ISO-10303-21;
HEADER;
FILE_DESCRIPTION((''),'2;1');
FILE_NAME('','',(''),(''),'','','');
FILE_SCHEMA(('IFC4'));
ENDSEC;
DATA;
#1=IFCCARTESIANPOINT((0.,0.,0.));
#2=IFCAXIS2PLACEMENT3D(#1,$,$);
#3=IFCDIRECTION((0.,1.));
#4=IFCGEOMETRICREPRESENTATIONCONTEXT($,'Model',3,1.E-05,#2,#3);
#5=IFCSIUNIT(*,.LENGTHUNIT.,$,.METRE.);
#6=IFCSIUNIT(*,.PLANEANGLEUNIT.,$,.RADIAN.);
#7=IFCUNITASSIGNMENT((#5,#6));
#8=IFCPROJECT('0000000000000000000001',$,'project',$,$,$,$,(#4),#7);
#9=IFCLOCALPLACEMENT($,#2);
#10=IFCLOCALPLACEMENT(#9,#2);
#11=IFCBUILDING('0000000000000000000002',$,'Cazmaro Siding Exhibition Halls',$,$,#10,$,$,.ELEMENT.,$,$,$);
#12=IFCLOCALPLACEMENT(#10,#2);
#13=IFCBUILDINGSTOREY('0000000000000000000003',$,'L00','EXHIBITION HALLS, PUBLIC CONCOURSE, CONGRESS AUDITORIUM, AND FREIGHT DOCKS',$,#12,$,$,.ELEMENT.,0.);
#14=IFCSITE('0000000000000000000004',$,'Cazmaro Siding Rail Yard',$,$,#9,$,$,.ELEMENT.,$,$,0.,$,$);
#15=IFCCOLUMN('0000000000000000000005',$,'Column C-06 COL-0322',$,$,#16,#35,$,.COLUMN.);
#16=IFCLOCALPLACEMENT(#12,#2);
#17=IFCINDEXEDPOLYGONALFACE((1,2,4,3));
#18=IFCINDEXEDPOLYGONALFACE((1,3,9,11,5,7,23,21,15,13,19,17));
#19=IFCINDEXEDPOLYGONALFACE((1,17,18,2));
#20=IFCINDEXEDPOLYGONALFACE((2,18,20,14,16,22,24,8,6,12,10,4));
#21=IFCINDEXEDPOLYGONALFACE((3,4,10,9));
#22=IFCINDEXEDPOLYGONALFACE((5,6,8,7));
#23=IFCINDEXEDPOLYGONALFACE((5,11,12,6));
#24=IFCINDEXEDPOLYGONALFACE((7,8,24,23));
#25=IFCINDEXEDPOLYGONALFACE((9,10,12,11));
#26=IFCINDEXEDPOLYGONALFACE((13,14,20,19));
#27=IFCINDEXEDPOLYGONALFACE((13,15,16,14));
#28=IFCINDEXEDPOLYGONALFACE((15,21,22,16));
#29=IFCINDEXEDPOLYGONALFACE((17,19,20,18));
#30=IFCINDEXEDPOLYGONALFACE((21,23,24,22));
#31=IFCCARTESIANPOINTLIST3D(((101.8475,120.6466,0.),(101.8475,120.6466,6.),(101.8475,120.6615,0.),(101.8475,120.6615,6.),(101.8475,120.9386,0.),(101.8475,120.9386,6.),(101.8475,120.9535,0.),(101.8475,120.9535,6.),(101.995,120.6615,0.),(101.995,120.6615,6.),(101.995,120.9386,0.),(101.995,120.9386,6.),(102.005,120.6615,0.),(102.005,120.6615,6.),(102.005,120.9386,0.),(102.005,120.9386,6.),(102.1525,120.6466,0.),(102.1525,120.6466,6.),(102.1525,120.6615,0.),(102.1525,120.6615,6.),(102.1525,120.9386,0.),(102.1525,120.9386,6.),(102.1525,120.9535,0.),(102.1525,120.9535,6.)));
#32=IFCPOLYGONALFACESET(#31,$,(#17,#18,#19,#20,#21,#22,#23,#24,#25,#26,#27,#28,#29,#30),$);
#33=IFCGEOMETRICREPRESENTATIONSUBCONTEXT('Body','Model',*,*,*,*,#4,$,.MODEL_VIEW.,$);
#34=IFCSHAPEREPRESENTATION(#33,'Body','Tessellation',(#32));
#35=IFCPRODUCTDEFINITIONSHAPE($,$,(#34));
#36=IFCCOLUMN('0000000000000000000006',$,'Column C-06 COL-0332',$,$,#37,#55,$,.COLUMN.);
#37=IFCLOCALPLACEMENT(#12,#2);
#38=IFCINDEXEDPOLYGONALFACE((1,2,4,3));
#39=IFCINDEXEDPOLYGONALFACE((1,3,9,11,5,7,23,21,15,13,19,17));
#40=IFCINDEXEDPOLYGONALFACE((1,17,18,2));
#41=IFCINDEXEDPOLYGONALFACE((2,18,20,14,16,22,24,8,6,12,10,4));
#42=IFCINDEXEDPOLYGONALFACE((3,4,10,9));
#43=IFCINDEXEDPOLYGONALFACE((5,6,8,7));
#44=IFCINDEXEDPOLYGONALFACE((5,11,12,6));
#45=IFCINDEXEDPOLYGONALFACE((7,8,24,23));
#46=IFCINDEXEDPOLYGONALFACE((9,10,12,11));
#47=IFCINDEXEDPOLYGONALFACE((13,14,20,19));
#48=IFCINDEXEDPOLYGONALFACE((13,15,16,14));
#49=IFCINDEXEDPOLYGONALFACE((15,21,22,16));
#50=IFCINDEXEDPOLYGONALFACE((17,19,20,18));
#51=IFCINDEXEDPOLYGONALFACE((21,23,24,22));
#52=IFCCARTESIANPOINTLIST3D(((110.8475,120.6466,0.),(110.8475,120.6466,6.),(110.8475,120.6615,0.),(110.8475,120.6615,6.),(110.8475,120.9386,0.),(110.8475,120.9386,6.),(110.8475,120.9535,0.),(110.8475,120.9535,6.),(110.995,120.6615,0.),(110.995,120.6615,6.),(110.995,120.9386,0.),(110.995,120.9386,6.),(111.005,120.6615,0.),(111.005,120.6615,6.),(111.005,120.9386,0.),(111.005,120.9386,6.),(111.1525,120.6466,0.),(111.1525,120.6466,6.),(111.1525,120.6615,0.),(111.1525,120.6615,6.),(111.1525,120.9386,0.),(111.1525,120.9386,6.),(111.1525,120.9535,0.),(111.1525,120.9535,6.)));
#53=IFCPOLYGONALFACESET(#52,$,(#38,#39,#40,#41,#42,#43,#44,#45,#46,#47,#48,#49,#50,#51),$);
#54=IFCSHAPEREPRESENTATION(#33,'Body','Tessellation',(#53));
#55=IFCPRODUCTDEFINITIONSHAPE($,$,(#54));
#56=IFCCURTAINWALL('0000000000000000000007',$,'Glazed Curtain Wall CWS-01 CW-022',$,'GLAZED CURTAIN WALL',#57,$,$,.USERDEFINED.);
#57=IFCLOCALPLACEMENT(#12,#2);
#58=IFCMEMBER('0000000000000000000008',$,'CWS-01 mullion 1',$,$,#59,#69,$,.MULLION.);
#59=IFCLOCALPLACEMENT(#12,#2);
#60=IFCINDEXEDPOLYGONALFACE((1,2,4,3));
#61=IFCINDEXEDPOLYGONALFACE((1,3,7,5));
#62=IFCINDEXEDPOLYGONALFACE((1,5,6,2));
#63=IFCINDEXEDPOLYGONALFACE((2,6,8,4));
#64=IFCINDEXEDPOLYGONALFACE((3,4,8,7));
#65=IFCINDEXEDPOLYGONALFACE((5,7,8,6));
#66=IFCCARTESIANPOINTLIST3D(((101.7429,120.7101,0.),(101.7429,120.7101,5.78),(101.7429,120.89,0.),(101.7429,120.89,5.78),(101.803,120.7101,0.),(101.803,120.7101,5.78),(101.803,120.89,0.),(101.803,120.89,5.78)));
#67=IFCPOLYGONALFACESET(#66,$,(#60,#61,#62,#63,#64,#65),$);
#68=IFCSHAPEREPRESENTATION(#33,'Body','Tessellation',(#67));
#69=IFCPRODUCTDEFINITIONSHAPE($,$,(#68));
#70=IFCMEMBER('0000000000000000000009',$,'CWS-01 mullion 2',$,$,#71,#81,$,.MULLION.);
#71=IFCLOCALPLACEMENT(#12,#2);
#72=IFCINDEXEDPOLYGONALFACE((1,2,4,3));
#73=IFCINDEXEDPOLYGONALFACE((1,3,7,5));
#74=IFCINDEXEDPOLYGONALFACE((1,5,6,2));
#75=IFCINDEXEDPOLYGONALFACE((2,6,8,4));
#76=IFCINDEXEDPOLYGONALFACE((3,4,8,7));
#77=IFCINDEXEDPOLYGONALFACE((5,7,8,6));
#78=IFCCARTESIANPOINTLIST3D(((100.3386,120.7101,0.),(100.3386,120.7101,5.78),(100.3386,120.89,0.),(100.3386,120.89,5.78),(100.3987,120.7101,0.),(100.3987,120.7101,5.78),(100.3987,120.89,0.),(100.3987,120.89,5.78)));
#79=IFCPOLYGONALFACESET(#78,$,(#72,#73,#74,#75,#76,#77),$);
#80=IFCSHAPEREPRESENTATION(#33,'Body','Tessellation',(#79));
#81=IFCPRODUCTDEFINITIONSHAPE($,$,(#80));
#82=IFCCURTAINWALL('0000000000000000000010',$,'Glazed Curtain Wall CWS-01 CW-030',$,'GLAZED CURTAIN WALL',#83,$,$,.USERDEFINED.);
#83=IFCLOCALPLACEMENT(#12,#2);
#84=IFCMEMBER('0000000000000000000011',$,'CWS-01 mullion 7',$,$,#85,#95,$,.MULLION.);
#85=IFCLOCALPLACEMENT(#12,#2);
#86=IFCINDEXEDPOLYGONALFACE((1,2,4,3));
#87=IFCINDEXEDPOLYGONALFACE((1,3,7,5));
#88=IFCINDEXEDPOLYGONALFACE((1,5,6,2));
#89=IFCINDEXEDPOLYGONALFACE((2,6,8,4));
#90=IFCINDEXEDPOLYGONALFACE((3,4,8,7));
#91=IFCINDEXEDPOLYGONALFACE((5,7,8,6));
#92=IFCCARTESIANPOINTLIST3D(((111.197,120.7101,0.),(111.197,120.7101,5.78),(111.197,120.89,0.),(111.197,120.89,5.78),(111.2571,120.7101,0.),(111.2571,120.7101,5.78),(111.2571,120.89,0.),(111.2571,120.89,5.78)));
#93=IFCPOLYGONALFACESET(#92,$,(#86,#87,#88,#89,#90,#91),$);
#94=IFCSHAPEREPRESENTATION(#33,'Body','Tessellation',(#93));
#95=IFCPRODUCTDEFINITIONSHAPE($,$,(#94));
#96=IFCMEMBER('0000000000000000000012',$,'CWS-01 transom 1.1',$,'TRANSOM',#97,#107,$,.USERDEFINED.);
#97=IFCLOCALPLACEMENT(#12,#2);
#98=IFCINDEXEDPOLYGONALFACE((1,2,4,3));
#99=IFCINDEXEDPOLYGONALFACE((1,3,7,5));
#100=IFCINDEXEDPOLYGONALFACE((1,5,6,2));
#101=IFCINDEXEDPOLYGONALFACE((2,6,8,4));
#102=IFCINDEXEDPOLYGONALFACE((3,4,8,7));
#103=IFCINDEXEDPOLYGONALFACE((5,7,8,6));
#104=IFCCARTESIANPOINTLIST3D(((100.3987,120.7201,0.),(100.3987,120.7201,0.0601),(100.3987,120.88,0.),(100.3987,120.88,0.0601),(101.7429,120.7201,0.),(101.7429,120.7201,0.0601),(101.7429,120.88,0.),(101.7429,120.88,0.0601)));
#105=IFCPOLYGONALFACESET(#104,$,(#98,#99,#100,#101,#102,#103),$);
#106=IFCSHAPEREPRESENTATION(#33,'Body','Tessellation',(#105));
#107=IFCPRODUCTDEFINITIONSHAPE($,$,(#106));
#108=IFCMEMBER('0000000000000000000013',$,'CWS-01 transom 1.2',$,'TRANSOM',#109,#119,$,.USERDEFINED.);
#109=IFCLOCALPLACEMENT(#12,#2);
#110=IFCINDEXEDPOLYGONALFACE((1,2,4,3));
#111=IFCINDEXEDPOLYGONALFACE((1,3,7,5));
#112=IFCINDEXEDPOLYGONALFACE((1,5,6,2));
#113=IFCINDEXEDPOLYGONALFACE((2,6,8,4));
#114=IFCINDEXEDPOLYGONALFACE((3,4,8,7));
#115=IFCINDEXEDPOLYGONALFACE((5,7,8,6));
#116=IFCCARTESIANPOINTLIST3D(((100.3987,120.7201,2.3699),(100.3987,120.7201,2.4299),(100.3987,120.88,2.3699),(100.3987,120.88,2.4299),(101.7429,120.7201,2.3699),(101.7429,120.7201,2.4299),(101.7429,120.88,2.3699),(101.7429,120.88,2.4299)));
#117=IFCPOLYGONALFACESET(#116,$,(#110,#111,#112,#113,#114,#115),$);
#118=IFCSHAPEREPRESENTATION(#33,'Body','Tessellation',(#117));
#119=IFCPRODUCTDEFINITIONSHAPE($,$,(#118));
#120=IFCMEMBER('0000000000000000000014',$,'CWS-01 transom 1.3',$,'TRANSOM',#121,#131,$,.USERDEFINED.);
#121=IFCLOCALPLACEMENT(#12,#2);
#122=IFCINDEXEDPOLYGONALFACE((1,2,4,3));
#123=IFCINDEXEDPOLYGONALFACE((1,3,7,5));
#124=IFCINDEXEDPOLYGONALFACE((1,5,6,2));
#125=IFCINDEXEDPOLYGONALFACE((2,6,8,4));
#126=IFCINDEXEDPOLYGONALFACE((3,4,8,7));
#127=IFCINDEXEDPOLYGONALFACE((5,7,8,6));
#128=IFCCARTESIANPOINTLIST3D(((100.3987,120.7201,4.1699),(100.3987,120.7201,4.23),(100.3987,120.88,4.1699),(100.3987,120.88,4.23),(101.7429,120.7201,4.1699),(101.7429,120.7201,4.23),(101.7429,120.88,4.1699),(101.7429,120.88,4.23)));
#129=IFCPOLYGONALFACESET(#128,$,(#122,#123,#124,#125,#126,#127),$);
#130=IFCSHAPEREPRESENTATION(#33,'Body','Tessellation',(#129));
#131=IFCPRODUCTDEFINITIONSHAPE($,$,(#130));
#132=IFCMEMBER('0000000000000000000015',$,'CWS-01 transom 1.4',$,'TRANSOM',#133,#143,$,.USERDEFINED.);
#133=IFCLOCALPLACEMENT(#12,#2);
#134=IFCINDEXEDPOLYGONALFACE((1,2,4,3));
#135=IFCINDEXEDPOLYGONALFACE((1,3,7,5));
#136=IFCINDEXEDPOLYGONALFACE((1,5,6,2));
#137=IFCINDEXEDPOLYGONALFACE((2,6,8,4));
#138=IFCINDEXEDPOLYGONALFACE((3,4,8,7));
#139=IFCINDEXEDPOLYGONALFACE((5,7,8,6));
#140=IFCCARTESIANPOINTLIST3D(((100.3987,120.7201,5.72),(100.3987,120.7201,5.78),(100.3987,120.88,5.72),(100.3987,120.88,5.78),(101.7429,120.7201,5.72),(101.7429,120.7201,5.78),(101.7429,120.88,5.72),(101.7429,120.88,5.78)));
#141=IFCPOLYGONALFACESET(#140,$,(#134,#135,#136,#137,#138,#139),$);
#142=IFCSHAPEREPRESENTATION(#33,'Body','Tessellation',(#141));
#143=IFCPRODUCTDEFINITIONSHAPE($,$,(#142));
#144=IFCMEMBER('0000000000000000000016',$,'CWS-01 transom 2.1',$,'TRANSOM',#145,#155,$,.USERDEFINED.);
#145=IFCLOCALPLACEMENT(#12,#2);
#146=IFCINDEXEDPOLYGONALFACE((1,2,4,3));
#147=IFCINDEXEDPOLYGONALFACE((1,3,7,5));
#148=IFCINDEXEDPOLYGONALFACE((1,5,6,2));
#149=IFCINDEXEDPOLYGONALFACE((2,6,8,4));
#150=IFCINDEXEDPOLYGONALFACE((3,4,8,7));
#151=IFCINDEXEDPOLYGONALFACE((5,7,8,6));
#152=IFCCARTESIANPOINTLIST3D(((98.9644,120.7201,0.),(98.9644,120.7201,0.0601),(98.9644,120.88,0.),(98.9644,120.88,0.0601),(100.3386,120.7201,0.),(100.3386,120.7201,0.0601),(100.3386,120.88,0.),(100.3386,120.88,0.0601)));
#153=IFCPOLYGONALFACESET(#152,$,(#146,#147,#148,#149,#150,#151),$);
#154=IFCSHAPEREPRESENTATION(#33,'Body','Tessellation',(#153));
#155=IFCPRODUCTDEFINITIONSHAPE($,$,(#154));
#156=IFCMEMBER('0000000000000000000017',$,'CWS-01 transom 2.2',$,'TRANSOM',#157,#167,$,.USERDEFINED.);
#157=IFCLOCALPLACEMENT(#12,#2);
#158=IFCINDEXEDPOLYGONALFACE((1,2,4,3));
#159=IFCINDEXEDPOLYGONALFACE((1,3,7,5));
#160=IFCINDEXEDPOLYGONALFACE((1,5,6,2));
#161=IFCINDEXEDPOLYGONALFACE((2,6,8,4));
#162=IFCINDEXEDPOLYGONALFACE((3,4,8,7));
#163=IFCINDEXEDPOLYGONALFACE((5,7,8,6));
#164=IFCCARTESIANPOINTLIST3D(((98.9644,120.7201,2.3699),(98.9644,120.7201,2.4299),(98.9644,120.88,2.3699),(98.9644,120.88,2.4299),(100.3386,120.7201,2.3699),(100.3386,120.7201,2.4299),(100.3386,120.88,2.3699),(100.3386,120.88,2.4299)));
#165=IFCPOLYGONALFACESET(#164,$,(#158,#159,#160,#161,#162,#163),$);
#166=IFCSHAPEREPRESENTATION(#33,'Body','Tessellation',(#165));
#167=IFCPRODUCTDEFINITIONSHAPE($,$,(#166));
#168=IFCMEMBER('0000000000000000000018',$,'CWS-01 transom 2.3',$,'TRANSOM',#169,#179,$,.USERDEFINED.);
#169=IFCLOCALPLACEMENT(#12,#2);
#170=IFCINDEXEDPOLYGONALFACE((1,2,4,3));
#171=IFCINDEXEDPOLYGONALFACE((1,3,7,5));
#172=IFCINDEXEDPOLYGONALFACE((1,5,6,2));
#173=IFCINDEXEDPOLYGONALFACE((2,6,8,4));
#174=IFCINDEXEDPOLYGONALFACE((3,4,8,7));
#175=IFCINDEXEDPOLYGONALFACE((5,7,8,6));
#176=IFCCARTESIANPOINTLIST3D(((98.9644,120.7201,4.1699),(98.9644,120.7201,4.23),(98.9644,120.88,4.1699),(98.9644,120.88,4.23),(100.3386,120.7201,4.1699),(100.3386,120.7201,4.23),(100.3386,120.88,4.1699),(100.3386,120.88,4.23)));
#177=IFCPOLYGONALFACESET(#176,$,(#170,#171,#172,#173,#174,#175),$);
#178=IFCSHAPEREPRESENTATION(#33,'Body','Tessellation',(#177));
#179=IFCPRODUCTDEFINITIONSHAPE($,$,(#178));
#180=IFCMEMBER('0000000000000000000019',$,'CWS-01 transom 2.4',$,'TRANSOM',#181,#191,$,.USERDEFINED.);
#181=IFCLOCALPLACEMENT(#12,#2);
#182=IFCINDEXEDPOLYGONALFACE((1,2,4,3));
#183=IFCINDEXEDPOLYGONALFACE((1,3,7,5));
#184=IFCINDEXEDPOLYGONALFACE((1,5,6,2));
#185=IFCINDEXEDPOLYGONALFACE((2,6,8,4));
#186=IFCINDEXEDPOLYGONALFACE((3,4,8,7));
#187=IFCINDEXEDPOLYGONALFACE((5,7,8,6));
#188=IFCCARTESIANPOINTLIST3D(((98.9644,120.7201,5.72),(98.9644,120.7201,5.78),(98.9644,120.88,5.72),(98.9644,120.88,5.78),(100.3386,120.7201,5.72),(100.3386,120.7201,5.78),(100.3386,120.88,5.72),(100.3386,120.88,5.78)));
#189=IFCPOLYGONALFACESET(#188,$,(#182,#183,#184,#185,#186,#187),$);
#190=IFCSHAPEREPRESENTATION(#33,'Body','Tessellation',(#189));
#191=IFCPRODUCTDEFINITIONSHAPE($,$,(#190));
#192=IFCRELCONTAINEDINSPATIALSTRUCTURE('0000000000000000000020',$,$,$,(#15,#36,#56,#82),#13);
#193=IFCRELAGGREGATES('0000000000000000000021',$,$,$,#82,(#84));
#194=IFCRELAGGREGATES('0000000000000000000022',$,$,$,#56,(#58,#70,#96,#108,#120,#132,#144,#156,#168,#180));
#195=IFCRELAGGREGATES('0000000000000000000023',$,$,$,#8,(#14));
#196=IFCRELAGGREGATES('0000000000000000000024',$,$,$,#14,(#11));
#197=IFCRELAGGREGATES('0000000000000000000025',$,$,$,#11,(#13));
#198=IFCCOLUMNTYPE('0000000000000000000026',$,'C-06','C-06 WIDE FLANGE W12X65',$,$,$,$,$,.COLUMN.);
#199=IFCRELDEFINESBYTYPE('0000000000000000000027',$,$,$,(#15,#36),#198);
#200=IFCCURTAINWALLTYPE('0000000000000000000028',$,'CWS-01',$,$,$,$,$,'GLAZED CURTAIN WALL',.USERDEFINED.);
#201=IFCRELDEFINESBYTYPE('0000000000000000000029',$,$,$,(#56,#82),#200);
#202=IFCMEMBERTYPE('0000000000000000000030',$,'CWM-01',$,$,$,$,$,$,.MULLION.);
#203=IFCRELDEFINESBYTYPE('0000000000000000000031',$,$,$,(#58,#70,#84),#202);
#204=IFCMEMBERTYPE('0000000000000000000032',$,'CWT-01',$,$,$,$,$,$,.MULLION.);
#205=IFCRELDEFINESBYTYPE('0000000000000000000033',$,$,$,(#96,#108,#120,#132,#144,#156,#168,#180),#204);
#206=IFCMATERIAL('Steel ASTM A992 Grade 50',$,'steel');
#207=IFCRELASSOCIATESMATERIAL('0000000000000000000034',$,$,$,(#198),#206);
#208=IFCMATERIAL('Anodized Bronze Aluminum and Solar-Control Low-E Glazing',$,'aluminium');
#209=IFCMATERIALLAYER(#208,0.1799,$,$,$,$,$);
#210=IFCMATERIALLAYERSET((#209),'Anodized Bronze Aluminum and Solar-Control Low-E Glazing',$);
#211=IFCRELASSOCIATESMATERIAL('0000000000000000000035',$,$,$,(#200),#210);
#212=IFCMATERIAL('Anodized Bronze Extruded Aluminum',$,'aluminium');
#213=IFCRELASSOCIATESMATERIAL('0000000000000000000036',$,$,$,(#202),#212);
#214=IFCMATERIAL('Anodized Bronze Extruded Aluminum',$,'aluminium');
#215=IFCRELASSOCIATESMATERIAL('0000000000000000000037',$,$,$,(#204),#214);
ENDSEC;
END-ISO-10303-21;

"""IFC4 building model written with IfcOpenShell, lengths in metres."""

from ifc_helpers import new_model, si_unit, direction, frame, origin, origin_2d, place, context, subcontext, project, spatial, rectangle, i_section, extrude, material, layer, layer_set, material_profile, profile_set, type_object, element, aggregate, save


model = new_model("IFC4")

# Units and contexts
model_context = context("Model", 3, precision=1e-05, world=origin(), true_north=direction((0.0, 1.0)))
body_context = subcontext(model_context, "Body", "Model", "MODEL_VIEW")
ifc_project = project(units=[si_unit("LENGTHUNIT", "METRE"), si_unit("PLANEANGLEUNIT", "RADIAN")], contexts=[model_context])

# Site, building, storey
site_placement = place(None, origin())
site = spatial("IfcSite", under=ifc_project, at=site_placement, Name="Cazmaro Siding Rail Yard", CompositionType="ELEMENT", RefElevation=0.0)
building_placement = place(site_placement, origin())
building = spatial("IfcBuilding", under=site, at=building_placement, Name="Cazmaro Siding Exhibition Halls", CompositionType="ELEMENT")
storey_placement = place(building_placement, origin())
storey = spatial("IfcBuildingStorey", under=building, at=storey_placement, Name="L00", Description="EXHIBITION HALLS, PUBLIC CONCOURSE, CONGRESS AUDITORIUM, AND FREIGHT DOCKS", CompositionType="ELEMENT", Elevation=0.0)

# Columns
ifc_material_1 = material(Name="Steel ASTM A992 Grade 50", Category="steel")
ifc_material_profile_1 = material_profile(ifc_material_1, i_section(OverallWidth=0.3049, OverallDepth=0.3069, WebThickness=0.01, FlangeThickness=0.0149, at=origin_2d()), Name="W12X65")
ifc_profile_set_1 = profile_set([ifc_material_profile_1], Name="Steel ASTM A992 Grade 50")
column_type = type_object("IfcColumnType", Name="C-06", Description="C-06 WIDE FLANGE W12X65", PredefinedType="COLUMN", material=ifc_profile_set_1)
for number, where, z_axis, x_axis, name in (
    (1, (102.0, 120.8, 0.0), (0.0, 0.0, 1.0), (1.0, 0.0, 0.0), "Column C-06 COL-0322"),
    (2, (111.0, 120.8, 0.0), (0.0, 0.0, 1.0), (1.0, 0.0, 0.0), "Column C-06 COL-0332"),
):
    element("IfcColumn", number, at=place(storey_placement, frame(where, z_axis=z_axis, x_axis=x_axis)), inside=storey, type_object=column_type, Name=name, PredefinedType="COLUMN", context=body_context, shape_type="SweptSolid", body=[
        extrude(i_section(OverallWidth=0.3049, OverallDepth=0.3069, WebThickness=0.01, FlangeThickness=0.0149, at=origin_2d()), origin(), (0.0, 0.0, 1.0), 6.0),
    ])

# Curtain wall, members
ifc_material_2 = material(Name="Anodized Bronze Aluminum and Solar-Control Low-E Glazing", Category="aluminium")
ifc_layer_1 = layer(ifc_material_2, 0.1799)
ifc_layer_set_1 = layer_set([ifc_layer_1], Name="Anodized Bronze Aluminum and Solar-Control Low-E Glazing")
curtain_wall_type = type_object("IfcCurtainWallType", Name="CWS-01", ElementType="GLAZED CURTAIN WALL", PredefinedType="USERDEFINED", material=ifc_layer_set_1)
curtain_wall_1_placement = place(storey_placement, origin())
curtain_wall_1 = element("IfcCurtainWall", 3, at=curtain_wall_1_placement, inside=storey, type_object=curtain_wall_type, Name="Glazed Curtain Wall CWS-01 CW-022", ObjectType="GLAZED CURTAIN WALL", PredefinedType="USERDEFINED")
ifc_material_3 = material(Name="Anodized Bronze Extruded Aluminum", Category="aluminium")
ifc_material_profile_2 = material_profile(ifc_material_3, rectangle(XDim=0.1799, YDim=0.0601, at=origin_2d()), Name="CWM-01")
ifc_profile_set_2 = profile_set([ifc_material_profile_2], Name="Anodized Bronze Extruded Aluminum")
member_type_1 = type_object("IfcMemberType", Name="CWM-01", PredefinedType="MULLION", material=ifc_profile_set_2)
member_1_placement = place(storey_placement, frame((101.7729, 120.8, 0.0), z_axis=(0.0, 0.0, 1.0), x_axis=(0.0, -1.0, 0.0)))
member_1 = element("IfcMember", 4, at=member_1_placement, type_object=member_type_1, Name="CWS-01 mullion 1", PredefinedType="MULLION", context=body_context, shape_type="SweptSolid", body=[
    extrude(rectangle(XDim=0.1799, YDim=0.0601, at=origin_2d()), origin(), (0.0, 0.0, 1.0), 5.78),
])
member_2_placement = place(storey_placement, frame((100.3687, 120.8, 0.0), z_axis=(0.0, 0.0, 1.0), x_axis=(0.0, -1.0, 0.0)))
member_2 = element("IfcMember", 5, at=member_2_placement, type_object=member_type_1, Name="CWS-01 mullion 2", PredefinedType="MULLION", context=body_context, shape_type="SweptSolid", body=[
    extrude(rectangle(XDim=0.1799, YDim=0.0601, at=origin_2d()), origin(), (0.0, 0.0, 1.0), 5.78),
])

# Curtain wall, member
curtain_wall_2_placement = place(storey_placement, origin())
curtain_wall_2 = element("IfcCurtainWall", 6, at=curtain_wall_2_placement, inside=storey, type_object=curtain_wall_type, Name="Glazed Curtain Wall CWS-01 CW-030", ObjectType="GLAZED CURTAIN WALL", PredefinedType="USERDEFINED")
member_3_placement = place(storey_placement, frame((111.2271, 120.8, 0.0), z_axis=(0.0, 0.0, 1.0), x_axis=(0.0, -1.0, 0.0)))
member_3 = element("IfcMember", 7, at=member_3_placement, type_object=member_type_1, Name="CWS-01 mullion 7", PredefinedType="MULLION", context=body_context, shape_type="SweptSolid", body=[
    extrude(rectangle(XDim=0.1799, YDim=0.0601, at=origin_2d()), origin(), (0.0, 0.0, 1.0), 5.78),
])
aggregate(curtain_wall_2, [member_3])

# Members
ifc_material_4 = material(Name="Anodized Bronze Extruded Aluminum", Category="aluminium")
ifc_material_profile_3 = material_profile(ifc_material_4, rectangle(XDim=0.1599, YDim=0.0601, at=origin_2d()), Name="CWT-01")
ifc_profile_set_3 = profile_set([ifc_material_profile_3], Name="Anodized Bronze Extruded Aluminum")
member_type_2 = type_object("IfcMemberType", Name="CWT-01", PredefinedType="MULLION", material=ifc_profile_set_3)
member_4_placement = place(storey_placement, frame((101.7429, 120.8, 0.03), z_axis=(-1.0, 0.0, 0.0), x_axis=(0.0, -1.0, 0.0)))
member_4 = element("IfcMember", 8, at=member_4_placement, type_object=member_type_2, Name="CWS-01 transom 1.1", ObjectType="TRANSOM", PredefinedType="USERDEFINED", context=body_context, shape_type="SweptSolid", body=[
    extrude(rectangle(XDim=0.1599, YDim=0.0601, at=origin_2d()), origin(), (0.0, 0.0, 1.0), 1.3442),
])
member_5_placement = place(storey_placement, frame((101.7429, 120.8, 2.3999), z_axis=(-1.0, 0.0, 0.0), x_axis=(0.0, -1.0, 0.0)))
member_5 = element("IfcMember", 9, at=member_5_placement, type_object=member_type_2, Name="CWS-01 transom 1.2", ObjectType="TRANSOM", PredefinedType="USERDEFINED", context=body_context, shape_type="SweptSolid", body=[
    extrude(rectangle(XDim=0.1599, YDim=0.0601, at=origin_2d()), origin(), (0.0, 0.0, 1.0), 1.3442),
])
member_6_placement = place(storey_placement, frame((101.7429, 120.8, 4.2), z_axis=(-1.0, 0.0, 0.0), x_axis=(0.0, -1.0, 0.0)))
member_6 = element("IfcMember", 10, at=member_6_placement, type_object=member_type_2, Name="CWS-01 transom 1.3", ObjectType="TRANSOM", PredefinedType="USERDEFINED", context=body_context, shape_type="SweptSolid", body=[
    extrude(rectangle(XDim=0.1599, YDim=0.0601, at=origin_2d()), origin(), (0.0, 0.0, 1.0), 1.3442),
])
member_7_placement = place(storey_placement, frame((101.7429, 120.8, 5.75), z_axis=(-1.0, 0.0, 0.0), x_axis=(0.0, -1.0, 0.0)))
member_7 = element("IfcMember", 11, at=member_7_placement, type_object=member_type_2, Name="CWS-01 transom 1.4", ObjectType="TRANSOM", PredefinedType="USERDEFINED", context=body_context, shape_type="SweptSolid", body=[
    extrude(rectangle(XDim=0.1599, YDim=0.0601, at=origin_2d()), origin(), (0.0, 0.0, 1.0), 1.3442),
])
member_8_placement = place(storey_placement, frame((100.3386, 120.8, 0.03), z_axis=(-1.0, 0.0, 0.0), x_axis=(0.0, -1.0, 0.0)))
member_8 = element("IfcMember", 12, at=member_8_placement, type_object=member_type_2, Name="CWS-01 transom 2.1", ObjectType="TRANSOM", PredefinedType="USERDEFINED", context=body_context, shape_type="SweptSolid", body=[
    extrude(rectangle(XDim=0.1599, YDim=0.0601, at=origin_2d()), origin(), (0.0, 0.0, 1.0), 1.3743),
])
member_9_placement = place(storey_placement, frame((100.3386, 120.8, 2.3999), z_axis=(-1.0, 0.0, 0.0), x_axis=(0.0, -1.0, 0.0)))
member_9 = element("IfcMember", 13, at=member_9_placement, type_object=member_type_2, Name="CWS-01 transom 2.2", ObjectType="TRANSOM", PredefinedType="USERDEFINED", context=body_context, shape_type="SweptSolid", body=[
    extrude(rectangle(XDim=0.1599, YDim=0.0601, at=origin_2d()), origin(), (0.0, 0.0, 1.0), 1.3743),
])
member_10_placement = place(storey_placement, frame((100.3386, 120.8, 4.2), z_axis=(-1.0, 0.0, 0.0), x_axis=(0.0, -1.0, 0.0)))
member_10 = element("IfcMember", 14, at=member_10_placement, type_object=member_type_2, Name="CWS-01 transom 2.3", ObjectType="TRANSOM", PredefinedType="USERDEFINED", context=body_context, shape_type="SweptSolid", body=[
    extrude(rectangle(XDim=0.1599, YDim=0.0601, at=origin_2d()), origin(), (0.0, 0.0, 1.0), 1.3743),
])
member_11_placement = place(storey_placement, frame((100.3386, 120.8, 5.75), z_axis=(-1.0, 0.0, 0.0), x_axis=(0.0, -1.0, 0.0)))
member_11 = element("IfcMember", 15, at=member_11_placement, type_object=member_type_2, Name="CWS-01 transom 2.4", ObjectType="TRANSOM", PredefinedType="USERDEFINED", context=body_context, shape_type="SweptSolid", body=[
    extrude(rectangle(XDim=0.1599, YDim=0.0601, at=origin_2d()), origin(), (0.0, 0.0, 1.0), 1.3743),
])

aggregate(curtain_wall_1, [member_1, member_2, member_4, member_5, member_6, member_7, member_8, member_9, member_10, member_11])

save(model, "model.ifc")
